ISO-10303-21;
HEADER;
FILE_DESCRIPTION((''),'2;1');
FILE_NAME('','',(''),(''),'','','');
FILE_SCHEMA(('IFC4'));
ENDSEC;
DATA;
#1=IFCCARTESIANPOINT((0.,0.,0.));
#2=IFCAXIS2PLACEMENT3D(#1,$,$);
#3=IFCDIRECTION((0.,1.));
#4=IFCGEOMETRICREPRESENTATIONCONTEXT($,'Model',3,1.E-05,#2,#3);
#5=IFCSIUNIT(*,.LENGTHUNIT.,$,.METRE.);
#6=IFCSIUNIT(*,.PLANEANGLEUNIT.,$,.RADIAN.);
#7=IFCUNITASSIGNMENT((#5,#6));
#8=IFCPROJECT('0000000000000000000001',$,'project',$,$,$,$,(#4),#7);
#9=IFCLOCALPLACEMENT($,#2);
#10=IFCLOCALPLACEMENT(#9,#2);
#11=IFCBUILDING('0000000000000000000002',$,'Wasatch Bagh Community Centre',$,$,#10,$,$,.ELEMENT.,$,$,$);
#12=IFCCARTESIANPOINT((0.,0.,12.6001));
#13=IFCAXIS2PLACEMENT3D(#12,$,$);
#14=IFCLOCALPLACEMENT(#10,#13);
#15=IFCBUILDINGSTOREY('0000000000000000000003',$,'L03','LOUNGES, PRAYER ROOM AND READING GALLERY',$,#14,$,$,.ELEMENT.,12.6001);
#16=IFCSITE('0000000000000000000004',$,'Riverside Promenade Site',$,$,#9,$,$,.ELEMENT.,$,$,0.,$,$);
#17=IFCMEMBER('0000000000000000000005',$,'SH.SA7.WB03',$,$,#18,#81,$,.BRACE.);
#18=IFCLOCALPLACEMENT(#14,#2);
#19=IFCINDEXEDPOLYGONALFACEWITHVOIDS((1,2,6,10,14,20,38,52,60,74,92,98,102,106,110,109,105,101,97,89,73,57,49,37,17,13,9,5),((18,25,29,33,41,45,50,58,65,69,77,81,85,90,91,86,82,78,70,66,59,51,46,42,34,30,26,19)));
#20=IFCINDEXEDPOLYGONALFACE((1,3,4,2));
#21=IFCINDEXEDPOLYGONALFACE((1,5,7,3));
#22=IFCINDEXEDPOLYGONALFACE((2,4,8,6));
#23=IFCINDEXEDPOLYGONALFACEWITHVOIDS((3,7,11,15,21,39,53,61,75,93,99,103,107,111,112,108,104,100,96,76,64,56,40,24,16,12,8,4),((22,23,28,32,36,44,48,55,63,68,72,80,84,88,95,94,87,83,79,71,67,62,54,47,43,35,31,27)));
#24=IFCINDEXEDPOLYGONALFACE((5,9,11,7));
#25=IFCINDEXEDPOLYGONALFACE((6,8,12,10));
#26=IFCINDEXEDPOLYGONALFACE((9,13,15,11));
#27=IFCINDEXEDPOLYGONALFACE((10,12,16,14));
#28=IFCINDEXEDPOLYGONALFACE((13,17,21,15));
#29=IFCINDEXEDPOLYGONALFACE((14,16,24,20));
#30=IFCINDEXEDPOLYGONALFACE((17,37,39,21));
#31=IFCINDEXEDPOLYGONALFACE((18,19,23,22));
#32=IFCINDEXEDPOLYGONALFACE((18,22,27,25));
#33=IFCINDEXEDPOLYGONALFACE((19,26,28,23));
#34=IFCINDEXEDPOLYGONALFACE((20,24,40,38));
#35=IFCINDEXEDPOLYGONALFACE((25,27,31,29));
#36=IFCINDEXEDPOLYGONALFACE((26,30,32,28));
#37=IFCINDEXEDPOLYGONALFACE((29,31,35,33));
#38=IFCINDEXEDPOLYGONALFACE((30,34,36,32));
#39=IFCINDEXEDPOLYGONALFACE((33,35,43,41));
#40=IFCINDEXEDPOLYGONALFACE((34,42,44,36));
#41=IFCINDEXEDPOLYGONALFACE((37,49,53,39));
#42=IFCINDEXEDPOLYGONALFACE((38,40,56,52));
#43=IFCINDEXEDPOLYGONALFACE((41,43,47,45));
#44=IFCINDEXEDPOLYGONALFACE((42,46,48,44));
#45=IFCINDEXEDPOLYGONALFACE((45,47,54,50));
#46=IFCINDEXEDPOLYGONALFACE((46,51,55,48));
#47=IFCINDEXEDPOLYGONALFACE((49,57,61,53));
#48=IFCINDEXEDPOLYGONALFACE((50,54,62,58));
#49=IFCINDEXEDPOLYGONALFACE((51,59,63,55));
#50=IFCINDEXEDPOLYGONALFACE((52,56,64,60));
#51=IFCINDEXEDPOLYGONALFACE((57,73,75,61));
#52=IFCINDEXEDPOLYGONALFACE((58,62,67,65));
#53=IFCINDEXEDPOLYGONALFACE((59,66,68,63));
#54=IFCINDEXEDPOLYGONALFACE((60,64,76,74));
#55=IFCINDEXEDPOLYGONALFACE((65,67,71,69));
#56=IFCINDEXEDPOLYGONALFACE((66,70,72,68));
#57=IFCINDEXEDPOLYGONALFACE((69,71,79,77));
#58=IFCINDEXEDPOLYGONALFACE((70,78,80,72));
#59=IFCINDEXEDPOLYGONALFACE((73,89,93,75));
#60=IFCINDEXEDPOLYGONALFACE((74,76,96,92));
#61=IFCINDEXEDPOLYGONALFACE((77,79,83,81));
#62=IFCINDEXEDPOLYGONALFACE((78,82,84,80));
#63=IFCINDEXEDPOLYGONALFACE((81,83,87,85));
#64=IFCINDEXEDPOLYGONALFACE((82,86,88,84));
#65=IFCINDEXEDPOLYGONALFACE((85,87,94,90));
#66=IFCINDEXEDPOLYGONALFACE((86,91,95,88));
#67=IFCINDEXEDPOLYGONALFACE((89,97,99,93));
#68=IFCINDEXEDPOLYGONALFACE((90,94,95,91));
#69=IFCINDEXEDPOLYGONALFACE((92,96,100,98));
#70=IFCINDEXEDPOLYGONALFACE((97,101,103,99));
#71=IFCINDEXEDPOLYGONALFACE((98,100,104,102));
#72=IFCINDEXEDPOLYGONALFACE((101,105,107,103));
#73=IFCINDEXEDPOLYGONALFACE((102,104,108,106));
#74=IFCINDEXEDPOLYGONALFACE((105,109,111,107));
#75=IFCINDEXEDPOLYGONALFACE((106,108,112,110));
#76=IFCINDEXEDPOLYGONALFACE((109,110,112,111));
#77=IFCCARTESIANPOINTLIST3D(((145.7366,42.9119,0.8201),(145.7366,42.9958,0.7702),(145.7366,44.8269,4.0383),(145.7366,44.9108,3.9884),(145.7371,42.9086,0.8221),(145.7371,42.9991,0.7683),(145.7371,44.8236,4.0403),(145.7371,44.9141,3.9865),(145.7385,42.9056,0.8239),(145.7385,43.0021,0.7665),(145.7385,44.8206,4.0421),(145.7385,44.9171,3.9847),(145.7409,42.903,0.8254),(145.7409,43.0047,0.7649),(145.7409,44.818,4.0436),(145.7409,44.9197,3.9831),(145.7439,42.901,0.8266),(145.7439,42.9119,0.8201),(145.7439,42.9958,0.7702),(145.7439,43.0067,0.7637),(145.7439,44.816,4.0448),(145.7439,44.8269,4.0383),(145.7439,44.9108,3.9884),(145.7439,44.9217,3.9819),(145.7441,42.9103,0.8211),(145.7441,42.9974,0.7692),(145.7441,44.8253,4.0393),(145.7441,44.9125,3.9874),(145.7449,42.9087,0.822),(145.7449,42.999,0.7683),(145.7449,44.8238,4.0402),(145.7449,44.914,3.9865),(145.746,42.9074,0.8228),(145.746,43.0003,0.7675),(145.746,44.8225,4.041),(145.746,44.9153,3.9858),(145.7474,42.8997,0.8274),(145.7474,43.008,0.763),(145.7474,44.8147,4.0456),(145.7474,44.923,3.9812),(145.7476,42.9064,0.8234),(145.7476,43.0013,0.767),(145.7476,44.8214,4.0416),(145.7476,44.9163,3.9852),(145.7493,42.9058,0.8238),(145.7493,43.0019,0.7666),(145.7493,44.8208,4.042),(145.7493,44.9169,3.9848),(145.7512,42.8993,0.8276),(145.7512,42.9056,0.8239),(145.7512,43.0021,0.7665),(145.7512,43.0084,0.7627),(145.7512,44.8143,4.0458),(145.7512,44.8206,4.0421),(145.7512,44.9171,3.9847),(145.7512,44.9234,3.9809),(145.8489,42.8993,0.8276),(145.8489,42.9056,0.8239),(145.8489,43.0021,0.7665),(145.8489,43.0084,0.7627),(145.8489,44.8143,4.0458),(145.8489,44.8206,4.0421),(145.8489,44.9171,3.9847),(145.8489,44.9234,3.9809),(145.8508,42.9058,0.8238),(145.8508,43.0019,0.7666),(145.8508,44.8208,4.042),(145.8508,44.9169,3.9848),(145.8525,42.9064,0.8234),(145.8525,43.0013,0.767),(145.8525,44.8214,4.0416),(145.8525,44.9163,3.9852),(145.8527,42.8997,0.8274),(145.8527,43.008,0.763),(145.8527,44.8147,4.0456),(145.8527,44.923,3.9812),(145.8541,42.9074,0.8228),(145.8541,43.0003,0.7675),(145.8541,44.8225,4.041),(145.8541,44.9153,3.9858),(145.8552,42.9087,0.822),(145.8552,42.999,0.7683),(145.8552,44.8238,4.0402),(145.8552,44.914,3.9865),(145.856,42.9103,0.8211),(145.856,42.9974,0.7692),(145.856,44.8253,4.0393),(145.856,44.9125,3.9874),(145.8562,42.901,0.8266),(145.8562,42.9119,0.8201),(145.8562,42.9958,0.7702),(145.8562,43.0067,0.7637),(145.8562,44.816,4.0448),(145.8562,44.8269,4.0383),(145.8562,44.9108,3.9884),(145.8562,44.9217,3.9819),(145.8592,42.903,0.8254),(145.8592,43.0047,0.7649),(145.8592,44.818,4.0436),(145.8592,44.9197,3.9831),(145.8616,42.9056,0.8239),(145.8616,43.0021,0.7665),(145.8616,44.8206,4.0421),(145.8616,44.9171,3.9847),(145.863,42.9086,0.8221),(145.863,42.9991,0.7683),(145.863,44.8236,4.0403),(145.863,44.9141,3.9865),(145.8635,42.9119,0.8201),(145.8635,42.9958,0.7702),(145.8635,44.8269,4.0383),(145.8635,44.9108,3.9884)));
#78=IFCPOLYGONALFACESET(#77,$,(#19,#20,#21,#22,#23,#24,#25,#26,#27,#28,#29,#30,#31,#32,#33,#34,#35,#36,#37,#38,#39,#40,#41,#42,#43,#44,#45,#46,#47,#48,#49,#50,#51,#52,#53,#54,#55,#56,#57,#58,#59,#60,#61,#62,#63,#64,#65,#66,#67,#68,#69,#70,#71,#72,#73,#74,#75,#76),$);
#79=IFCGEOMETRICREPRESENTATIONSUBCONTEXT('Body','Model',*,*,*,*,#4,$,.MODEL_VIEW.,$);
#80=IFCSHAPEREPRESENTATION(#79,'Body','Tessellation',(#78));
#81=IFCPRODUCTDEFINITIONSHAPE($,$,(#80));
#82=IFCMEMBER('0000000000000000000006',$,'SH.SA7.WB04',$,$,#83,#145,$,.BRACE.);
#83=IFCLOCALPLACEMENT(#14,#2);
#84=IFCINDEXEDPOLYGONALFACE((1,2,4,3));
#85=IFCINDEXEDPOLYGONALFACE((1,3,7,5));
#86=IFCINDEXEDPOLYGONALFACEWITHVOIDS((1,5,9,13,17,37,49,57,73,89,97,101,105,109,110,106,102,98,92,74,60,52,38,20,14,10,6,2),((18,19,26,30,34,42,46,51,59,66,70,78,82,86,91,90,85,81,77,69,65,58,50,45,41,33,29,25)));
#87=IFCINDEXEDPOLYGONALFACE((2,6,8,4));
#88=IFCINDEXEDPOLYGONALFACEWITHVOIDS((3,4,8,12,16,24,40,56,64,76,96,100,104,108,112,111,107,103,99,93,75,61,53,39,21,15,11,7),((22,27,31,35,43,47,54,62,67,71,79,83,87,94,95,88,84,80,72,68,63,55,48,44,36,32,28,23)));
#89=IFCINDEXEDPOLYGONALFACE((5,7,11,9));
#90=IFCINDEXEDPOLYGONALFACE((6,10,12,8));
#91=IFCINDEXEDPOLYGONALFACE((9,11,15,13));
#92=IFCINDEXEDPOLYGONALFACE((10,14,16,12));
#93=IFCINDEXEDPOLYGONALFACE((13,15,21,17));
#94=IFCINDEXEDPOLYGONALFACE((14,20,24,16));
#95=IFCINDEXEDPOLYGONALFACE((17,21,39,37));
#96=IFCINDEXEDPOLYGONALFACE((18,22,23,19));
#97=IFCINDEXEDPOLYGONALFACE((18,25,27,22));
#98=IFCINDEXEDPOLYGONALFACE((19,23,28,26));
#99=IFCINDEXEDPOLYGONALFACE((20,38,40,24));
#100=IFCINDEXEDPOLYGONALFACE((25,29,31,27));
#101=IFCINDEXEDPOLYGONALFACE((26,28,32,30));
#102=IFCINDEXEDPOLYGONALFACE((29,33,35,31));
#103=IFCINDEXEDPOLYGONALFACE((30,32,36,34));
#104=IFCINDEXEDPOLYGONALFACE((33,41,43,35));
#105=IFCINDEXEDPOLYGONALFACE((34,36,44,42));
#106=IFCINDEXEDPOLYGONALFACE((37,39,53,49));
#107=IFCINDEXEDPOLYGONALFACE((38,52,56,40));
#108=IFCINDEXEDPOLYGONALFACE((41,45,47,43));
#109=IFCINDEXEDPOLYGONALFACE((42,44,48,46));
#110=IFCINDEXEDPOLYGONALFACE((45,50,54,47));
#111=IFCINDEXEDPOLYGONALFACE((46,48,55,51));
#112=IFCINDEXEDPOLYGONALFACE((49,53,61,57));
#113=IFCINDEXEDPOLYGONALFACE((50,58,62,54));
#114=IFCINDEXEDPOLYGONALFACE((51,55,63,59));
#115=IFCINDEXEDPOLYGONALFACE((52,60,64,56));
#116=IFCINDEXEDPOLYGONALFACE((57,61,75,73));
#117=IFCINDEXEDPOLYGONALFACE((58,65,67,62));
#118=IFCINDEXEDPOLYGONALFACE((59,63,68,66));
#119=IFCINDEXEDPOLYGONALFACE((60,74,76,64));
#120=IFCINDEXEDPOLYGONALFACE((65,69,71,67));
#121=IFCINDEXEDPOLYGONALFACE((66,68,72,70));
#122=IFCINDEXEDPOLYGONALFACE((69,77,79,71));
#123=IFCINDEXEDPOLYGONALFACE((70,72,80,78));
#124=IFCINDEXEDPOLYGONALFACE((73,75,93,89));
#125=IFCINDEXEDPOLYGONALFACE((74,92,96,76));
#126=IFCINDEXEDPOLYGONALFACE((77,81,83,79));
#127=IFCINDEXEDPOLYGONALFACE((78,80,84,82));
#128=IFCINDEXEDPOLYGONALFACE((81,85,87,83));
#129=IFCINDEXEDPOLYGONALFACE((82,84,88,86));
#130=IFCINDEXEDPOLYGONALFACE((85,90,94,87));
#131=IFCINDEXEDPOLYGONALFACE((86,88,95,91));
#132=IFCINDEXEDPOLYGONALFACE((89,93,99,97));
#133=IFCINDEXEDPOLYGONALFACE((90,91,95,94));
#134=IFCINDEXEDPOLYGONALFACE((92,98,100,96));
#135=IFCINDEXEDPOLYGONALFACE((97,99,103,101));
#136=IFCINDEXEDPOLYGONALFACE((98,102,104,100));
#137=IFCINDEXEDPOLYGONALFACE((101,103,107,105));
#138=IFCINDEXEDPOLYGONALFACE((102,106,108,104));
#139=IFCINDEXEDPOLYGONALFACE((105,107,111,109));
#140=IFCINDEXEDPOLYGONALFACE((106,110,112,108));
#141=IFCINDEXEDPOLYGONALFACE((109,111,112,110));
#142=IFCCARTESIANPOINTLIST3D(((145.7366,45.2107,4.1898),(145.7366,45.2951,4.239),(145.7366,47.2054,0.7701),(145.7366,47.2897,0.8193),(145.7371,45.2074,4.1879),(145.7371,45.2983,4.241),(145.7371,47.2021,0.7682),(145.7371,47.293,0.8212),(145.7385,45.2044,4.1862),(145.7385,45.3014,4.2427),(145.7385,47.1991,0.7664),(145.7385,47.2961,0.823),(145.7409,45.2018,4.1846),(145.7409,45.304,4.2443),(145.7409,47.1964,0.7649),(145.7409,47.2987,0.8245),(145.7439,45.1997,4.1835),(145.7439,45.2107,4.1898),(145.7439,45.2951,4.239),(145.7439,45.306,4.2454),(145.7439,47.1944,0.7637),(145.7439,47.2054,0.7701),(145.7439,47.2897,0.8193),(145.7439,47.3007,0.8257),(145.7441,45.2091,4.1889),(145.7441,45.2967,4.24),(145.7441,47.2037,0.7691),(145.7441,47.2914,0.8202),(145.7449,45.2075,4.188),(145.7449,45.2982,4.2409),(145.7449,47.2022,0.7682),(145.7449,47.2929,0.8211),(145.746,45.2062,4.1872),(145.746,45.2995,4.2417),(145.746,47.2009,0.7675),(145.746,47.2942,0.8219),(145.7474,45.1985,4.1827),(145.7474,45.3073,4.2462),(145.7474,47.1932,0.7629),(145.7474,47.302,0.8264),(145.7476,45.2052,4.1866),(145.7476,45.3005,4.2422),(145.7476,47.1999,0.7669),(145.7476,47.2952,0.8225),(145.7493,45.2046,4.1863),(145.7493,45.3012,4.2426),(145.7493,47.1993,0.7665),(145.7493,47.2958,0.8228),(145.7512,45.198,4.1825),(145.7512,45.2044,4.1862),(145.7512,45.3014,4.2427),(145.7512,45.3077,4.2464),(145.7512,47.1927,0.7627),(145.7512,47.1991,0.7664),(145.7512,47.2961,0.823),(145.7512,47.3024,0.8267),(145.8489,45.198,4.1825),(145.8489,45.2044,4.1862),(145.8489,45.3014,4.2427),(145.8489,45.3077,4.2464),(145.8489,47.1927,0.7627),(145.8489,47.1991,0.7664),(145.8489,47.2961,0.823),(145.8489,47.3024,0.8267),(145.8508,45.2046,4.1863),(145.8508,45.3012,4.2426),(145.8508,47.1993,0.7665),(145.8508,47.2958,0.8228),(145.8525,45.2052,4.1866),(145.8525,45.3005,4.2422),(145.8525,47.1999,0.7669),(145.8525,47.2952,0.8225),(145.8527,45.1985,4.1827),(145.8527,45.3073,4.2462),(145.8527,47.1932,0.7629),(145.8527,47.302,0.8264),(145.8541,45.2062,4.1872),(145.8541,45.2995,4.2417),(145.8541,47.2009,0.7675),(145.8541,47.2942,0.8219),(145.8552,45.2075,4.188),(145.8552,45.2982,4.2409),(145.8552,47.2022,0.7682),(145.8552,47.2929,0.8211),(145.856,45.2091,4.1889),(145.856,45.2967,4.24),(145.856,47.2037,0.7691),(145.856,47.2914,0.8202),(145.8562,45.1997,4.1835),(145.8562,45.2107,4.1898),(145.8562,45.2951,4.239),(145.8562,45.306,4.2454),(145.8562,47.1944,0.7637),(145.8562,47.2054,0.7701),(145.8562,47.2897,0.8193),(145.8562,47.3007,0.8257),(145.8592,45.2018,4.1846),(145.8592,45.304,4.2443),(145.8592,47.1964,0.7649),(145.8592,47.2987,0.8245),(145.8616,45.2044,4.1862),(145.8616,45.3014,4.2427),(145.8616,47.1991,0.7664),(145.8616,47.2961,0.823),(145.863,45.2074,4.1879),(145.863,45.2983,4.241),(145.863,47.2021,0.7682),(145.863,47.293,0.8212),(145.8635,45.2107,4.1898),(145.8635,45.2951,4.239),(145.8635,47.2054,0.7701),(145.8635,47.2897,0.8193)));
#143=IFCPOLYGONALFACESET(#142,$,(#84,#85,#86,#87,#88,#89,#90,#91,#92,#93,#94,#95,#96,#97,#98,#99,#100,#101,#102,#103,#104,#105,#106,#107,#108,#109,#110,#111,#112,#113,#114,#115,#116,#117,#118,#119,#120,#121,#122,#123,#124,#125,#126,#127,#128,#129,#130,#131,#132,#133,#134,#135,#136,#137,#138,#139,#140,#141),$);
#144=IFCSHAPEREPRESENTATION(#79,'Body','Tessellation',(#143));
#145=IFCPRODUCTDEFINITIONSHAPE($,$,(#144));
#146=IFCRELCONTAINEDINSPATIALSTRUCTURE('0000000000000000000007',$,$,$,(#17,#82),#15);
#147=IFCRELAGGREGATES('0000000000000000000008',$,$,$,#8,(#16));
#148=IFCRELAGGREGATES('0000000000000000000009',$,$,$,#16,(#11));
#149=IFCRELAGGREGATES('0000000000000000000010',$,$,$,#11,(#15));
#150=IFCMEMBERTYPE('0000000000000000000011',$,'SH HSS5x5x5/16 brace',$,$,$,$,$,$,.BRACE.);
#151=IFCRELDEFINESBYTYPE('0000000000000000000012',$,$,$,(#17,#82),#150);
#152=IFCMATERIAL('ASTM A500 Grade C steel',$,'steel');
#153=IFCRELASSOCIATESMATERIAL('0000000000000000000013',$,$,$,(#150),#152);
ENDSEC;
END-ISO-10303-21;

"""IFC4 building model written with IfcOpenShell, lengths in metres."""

from ifc_helpers import new_model, si_unit, direction, frame, origin, origin_2d, place, context, subcontext, project, spatial, hollow_rectangle, extrude, material, material_profile, profile_set, type_object, element, save


model = new_model("IFC4")

# Units and contexts
model_context = context("Model", 3, precision=1e-05, world=origin(), true_north=direction((0.0, 1.0)))
body_context = subcontext(model_context, "Body", "Model", "MODEL_VIEW")
ifc_project = project(units=[si_unit("LENGTHUNIT", "METRE"), si_unit("PLANEANGLEUNIT", "RADIAN")], contexts=[model_context])

# Site, building, storey
site_placement = place(None, origin())
site = spatial("IfcSite", under=ifc_project, at=site_placement, Name="Riverside Promenade Site", CompositionType="ELEMENT", RefElevation=0.0)
building_placement = place(site_placement, origin())
building = spatial("IfcBuilding", under=site, at=building_placement, Name="Wasatch Bagh Community Centre", CompositionType="ELEMENT")
storey_placement = place(building_placement, frame((0.0, 0.0, 12.6001)))
storey = spatial("IfcBuildingStorey", under=building, at=storey_placement, Name="L03", Description="LOUNGES, PRAYER ROOM AND READING GALLERY", CompositionType="ELEMENT", Elevation=12.6001)

# Members
ifc_material_1 = material(Name="ASTM A500 Grade C steel", Category="steel")
ifc_material_profile_1 = material_profile(ifc_material_1, hollow_rectangle(XDim=0.127, YDim=0.127, WallThickness=0.0073, InnerFilletRadius=0.0073, OuterFilletRadius=0.0146, at=origin_2d()), Name="HSS5x5x5/16")
ifc_profile_set_1 = profile_set([ifc_material_profile_1], Name="ASTM A500 Grade C steel")
member_type_1 = type_object("IfcMemberType", Name="SH HSS5x5x5/16 brace", PredefinedType="BRACE", material=ifc_profile_set_1)
member_1_placement = place(storey_placement, frame((145.8, 42.9539, 0.7952), z_axis=(0.0, 0.511367, 0.859362), x_axis=(-1.0, 0.0, 0.0)))
element("IfcMember", 1, at=member_1_placement, inside=storey, type_object=member_type_1, Name="SH.SA7.WB03", PredefinedType="BRACE", context=body_context, shape_type="SweptSolid", body=[
    extrude(hollow_rectangle(XDim=0.127, YDim=0.127, WallThickness=0.0073, InnerFilletRadius=0.0073, OuterFilletRadius=0.0146, at=origin_2d()), origin(), (0.0, 0.0, 1.0), 3.7449),
])
member_2_placement = place(storey_placement, frame((145.8, 47.2476, 0.7947), z_axis=(0.0, -0.503837, 0.863799), x_axis=(1.0, 0.0, 0.0)))
element("IfcMember", 2, at=member_2_placement, inside=storey, type_object=member_type_1, Name="SH.SA7.WB04", PredefinedType="BRACE", context=body_context, shape_type="SweptSolid", body=[
    extrude(hollow_rectangle(XDim=0.127, YDim=0.127, WallThickness=0.0073, InnerFilletRadius=0.0073, OuterFilletRadius=0.0146, at=origin_2d()), origin(), (0.0, 0.0, 1.0), 3.959),
])

save(model, "model.ifc")
